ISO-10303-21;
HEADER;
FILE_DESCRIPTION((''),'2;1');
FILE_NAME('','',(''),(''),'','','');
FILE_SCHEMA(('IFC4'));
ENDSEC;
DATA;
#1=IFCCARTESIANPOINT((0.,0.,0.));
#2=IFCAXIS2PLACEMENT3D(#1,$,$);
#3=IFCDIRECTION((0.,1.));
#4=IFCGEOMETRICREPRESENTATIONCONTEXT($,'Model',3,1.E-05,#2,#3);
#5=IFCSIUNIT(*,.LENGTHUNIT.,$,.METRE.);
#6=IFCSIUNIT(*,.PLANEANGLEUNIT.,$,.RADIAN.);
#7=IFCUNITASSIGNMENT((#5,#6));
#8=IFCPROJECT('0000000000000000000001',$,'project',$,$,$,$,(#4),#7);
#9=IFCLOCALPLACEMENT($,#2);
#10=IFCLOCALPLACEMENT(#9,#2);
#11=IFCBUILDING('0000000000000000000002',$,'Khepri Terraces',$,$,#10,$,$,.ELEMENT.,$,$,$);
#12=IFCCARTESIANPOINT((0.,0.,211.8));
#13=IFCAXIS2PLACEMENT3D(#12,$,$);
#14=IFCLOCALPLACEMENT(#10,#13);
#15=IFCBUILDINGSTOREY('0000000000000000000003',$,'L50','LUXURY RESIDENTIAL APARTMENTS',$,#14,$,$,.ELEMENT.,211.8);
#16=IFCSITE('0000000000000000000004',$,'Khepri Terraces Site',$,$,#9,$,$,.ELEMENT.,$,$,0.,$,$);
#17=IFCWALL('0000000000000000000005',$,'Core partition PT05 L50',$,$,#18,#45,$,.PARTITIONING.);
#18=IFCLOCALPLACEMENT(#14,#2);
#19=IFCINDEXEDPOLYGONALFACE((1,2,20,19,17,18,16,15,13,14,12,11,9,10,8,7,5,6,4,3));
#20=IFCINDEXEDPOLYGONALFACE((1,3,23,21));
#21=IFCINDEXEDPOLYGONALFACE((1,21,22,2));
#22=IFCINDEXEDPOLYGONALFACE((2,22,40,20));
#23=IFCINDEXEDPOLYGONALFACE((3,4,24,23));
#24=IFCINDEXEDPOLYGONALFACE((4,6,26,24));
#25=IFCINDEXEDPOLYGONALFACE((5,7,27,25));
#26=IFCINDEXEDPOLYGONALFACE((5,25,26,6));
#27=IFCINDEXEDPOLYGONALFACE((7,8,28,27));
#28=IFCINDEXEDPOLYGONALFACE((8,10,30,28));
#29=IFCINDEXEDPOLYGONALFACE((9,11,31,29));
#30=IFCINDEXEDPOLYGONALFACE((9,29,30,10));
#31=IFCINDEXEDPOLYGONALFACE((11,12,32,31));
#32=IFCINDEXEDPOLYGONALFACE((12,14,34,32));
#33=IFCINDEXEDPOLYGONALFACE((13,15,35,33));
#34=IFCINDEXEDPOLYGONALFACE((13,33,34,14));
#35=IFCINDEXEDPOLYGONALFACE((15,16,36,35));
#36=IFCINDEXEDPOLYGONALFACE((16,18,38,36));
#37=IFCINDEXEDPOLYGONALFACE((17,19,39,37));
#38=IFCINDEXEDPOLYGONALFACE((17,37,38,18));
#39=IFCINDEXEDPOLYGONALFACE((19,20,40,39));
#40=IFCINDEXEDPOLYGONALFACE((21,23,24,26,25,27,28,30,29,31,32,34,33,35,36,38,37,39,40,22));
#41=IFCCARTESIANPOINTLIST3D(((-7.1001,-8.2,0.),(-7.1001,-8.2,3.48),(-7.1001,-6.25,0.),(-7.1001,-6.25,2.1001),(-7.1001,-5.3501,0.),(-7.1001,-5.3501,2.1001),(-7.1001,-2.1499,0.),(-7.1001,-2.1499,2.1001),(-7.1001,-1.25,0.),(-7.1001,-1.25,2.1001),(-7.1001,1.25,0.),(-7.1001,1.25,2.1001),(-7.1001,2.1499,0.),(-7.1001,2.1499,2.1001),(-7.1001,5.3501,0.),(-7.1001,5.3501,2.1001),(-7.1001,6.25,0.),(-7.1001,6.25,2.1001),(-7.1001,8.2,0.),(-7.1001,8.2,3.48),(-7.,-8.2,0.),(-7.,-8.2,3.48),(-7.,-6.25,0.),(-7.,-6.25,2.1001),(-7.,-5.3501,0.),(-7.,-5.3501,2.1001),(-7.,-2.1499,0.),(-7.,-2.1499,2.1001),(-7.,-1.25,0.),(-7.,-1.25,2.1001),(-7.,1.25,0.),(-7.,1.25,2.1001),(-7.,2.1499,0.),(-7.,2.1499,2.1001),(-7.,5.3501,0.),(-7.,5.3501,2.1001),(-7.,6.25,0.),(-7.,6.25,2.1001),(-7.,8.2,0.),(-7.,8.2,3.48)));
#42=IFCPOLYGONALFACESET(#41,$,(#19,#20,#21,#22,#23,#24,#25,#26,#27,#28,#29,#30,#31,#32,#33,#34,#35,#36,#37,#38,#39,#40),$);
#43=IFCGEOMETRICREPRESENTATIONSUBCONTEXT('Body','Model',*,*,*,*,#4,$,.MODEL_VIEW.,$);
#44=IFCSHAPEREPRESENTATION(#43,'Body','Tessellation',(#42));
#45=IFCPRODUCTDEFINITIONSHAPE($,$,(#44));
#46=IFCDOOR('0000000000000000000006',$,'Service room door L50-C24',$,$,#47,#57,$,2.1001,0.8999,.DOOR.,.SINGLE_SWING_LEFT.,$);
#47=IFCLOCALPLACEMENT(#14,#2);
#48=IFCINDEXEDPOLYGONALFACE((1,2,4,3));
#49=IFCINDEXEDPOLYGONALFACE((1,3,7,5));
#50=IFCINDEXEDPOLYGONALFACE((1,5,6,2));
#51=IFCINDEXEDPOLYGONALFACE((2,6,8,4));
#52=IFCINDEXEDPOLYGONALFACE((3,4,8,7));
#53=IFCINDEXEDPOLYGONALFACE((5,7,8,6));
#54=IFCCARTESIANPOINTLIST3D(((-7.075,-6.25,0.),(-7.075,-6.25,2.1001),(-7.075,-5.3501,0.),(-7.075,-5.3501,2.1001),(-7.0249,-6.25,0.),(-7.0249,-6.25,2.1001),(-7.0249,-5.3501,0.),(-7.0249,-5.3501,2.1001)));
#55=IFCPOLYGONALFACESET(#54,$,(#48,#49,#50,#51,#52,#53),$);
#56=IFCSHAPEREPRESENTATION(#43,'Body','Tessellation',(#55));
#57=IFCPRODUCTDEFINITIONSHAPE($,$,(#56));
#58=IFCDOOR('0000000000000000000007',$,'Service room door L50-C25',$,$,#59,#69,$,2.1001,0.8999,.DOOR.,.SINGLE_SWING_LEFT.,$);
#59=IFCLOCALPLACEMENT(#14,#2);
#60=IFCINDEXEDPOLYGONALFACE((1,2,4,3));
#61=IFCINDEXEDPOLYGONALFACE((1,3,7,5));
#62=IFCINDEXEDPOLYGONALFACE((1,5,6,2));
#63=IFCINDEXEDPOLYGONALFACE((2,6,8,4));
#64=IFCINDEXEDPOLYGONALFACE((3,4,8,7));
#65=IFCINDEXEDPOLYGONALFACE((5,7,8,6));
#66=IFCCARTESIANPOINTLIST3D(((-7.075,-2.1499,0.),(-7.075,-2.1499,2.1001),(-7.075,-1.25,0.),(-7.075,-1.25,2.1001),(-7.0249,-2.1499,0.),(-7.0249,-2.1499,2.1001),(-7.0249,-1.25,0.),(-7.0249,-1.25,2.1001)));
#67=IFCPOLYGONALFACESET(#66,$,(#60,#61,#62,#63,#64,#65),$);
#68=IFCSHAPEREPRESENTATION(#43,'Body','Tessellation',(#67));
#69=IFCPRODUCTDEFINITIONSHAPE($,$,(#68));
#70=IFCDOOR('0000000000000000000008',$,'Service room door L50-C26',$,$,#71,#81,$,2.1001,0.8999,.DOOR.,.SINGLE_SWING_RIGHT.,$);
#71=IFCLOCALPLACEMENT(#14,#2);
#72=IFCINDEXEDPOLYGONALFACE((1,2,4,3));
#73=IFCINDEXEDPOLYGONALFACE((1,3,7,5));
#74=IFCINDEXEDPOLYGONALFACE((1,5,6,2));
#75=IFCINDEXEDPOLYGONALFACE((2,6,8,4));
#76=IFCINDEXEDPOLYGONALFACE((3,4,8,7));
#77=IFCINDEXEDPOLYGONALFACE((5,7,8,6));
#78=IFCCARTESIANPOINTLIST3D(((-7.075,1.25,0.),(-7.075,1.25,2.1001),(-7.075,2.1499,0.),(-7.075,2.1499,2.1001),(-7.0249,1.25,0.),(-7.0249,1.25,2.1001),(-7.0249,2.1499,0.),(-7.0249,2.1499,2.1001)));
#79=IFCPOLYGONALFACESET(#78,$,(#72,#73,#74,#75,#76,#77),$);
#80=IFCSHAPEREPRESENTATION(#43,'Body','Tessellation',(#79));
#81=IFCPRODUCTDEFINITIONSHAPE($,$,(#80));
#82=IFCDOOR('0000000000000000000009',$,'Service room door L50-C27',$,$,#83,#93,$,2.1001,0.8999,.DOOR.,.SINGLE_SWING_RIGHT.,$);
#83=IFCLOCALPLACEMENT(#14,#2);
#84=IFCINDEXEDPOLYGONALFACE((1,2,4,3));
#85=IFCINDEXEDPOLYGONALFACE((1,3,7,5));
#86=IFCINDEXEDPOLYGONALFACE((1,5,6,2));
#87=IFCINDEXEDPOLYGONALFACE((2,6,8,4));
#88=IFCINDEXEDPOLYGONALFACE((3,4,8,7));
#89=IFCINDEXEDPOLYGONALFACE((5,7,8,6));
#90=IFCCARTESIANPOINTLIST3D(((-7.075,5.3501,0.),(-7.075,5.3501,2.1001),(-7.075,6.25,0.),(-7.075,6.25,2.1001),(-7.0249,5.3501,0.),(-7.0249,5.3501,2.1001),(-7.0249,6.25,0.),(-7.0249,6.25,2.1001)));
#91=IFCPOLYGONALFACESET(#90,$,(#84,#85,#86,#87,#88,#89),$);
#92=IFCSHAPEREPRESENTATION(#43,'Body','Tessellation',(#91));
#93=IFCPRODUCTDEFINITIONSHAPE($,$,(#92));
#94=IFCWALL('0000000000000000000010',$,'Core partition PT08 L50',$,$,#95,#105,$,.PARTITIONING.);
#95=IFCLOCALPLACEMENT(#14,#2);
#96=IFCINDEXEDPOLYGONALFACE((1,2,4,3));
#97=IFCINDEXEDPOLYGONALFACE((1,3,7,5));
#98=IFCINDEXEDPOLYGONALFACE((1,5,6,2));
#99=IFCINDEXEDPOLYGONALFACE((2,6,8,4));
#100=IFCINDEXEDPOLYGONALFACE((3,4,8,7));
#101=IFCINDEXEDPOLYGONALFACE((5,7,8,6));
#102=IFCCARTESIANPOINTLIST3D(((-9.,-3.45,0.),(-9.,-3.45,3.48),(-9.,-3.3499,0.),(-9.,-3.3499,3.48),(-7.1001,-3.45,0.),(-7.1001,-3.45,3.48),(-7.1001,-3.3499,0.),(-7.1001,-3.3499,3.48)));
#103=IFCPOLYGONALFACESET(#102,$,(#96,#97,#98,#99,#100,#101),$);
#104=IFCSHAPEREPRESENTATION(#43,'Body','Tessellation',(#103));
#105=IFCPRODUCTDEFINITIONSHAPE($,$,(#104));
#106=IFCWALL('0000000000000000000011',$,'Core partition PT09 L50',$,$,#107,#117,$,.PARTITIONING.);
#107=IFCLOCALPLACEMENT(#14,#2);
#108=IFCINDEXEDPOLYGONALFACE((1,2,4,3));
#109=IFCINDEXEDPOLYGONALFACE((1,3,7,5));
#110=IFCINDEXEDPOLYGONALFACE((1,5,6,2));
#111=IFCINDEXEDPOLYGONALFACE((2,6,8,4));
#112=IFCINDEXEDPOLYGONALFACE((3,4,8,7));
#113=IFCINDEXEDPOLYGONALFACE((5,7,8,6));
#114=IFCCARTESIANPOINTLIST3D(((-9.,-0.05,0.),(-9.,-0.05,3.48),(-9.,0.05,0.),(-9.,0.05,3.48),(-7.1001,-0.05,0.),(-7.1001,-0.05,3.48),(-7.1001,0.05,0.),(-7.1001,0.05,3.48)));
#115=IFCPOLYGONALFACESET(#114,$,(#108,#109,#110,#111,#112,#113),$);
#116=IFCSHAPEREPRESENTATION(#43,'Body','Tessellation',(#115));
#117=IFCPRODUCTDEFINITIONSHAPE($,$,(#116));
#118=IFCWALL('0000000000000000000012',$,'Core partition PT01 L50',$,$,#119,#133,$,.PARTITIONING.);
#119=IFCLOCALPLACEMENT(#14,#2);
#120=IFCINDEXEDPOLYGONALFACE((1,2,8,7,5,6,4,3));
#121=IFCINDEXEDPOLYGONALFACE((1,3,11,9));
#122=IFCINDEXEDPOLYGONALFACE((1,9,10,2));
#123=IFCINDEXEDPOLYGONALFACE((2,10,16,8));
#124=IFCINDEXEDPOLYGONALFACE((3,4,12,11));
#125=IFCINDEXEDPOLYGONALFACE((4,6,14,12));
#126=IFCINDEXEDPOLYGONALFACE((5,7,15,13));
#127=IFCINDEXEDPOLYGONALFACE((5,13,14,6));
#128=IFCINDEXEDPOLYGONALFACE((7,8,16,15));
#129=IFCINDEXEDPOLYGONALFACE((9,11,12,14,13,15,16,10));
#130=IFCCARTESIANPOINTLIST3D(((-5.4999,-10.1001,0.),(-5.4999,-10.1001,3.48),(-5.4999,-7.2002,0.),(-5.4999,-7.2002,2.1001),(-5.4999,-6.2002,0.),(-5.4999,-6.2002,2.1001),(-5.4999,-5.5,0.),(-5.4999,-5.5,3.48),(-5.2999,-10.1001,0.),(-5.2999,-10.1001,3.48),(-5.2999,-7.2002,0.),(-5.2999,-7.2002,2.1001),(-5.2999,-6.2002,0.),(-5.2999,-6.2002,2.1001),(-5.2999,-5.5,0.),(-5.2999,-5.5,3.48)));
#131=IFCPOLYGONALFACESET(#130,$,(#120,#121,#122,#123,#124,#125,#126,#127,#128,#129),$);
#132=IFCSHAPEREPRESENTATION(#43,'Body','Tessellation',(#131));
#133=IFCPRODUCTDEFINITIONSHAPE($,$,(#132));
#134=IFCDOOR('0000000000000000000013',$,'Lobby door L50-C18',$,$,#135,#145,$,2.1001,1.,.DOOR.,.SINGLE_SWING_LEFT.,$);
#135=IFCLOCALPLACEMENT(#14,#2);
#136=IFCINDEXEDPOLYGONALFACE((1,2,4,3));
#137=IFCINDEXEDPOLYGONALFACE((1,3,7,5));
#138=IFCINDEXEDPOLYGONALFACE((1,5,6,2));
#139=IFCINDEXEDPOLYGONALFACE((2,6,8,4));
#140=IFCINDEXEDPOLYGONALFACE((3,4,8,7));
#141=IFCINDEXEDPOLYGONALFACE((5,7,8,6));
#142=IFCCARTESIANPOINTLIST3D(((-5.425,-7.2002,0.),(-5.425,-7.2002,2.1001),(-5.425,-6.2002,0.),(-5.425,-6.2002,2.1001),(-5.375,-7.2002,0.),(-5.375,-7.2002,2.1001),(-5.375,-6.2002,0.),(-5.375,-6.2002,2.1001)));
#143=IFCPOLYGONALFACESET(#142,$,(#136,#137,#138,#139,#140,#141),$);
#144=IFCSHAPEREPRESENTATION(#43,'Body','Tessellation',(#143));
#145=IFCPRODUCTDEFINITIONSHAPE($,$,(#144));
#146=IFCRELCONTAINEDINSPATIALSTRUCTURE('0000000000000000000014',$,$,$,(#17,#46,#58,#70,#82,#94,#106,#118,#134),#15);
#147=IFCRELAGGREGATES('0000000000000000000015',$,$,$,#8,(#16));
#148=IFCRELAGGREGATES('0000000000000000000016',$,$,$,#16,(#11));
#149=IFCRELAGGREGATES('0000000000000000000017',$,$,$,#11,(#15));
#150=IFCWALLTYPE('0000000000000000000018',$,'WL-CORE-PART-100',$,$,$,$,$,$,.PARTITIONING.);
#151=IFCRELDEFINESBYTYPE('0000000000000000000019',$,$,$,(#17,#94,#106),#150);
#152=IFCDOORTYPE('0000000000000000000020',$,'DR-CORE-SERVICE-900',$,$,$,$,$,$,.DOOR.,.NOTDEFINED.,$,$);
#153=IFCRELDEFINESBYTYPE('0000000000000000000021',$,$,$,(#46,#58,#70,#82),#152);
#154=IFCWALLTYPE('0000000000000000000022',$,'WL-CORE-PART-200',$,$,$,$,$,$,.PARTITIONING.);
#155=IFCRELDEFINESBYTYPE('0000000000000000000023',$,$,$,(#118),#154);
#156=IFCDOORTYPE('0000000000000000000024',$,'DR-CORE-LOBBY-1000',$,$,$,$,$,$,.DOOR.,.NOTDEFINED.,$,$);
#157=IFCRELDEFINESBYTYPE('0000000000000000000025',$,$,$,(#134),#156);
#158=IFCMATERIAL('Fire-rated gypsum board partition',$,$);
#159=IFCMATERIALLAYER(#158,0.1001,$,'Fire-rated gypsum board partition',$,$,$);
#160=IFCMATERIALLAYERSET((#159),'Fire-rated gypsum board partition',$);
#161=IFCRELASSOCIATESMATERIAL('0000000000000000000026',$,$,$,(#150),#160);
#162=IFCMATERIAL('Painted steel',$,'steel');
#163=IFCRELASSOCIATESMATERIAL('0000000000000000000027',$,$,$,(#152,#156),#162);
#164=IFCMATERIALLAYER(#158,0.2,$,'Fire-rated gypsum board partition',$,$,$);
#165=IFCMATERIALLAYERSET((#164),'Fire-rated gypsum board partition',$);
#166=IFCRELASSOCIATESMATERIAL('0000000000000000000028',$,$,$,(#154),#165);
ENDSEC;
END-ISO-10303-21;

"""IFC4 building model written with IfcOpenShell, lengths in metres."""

from ifc_helpers import new_model, si_unit, direction, frame, frame_2d, origin, place, context, subcontext, project, spatial, rectangle, extrude, material, layer, layer_set, type_object, element, fill, save


model = new_model("IFC4")

# Units and contexts
model_context = context("Model", 3, precision=1e-05, world=origin(), true_north=direction((0.0, 1.0)))
body_context = subcontext(model_context, "Body", "Model", "MODEL_VIEW")
ifc_project = project(units=[si_unit("LENGTHUNIT", "METRE"), si_unit("PLANEANGLEUNIT", "RADIAN")], contexts=[model_context])

# Site, building, storey
site_placement = place(None, origin())
site = spatial("IfcSite", under=ifc_project, at=site_placement, Name="Khepri Terraces Site", CompositionType="ELEMENT", RefElevation=0.0)
building_placement = place(site_placement, origin())
building = spatial("IfcBuilding", under=site, at=building_placement, Name="Khepri Terraces", CompositionType="ELEMENT")
storey_placement = place(building_placement, frame((0.0, 0.0, 211.8)))
storey = spatial("IfcBuildingStorey", under=building, at=storey_placement, Name="L50", Description="LUXURY RESIDENTIAL APARTMENTS", CompositionType="ELEMENT", Elevation=211.8)

# Shared definitions
ifc_material_1 = material(Name="Painted steel", Category="steel")

# Wall, openings, doors
ifc_material_2 = material(Name="Fire-rated gypsum board partition")
ifc_layer_1 = layer(ifc_material_2, 0.1001, Name="Fire-rated gypsum board partition")
ifc_layer_set_1 = layer_set([ifc_layer_1], Name="Fire-rated gypsum board partition")
wall_type_1 = type_object("IfcWallType", Name="WL-CORE-PART-100", PredefinedType="PARTITIONING", material=ifc_layer_set_1)
wall_1_placement = place(storey_placement, frame((-7.05, -8.2, 0.0), z_axis=(0.0, 0.0, 1.0), x_axis=(0.0, 1.0, 0.0)))
wall_1 = element("IfcWall", 1, at=wall_1_placement, inside=storey, type_object=wall_type_1, Name="Core partition PT05 L50", PredefinedType="PARTITIONING", context=body_context, shape_type="SweptSolid", body=[
    extrude(rectangle(XDim=16.3999, YDim=0.1001, at=frame_2d((8.2, 0.0))), origin(), (0.0, 0.0, 1.0), 3.48),
])
opening_1_placement = place(wall_1_placement, frame((1.95, 0.0, 0.0)))
opening_1 = element("IfcOpeningElement", 2, at=opening_1_placement, cuts=wall_1, PredefinedType="OPENING", context=body_context, shape_type="SweptSolid", body=[
    extrude(rectangle(XDim=0.8999, YDim=2.1001, at=frame_2d((0.45, 1.05))), frame((0.0, 0.0601, 0.0), z_axis=(0.0, -1.0, 0.0), x_axis=(1.0, 0.0, 0.0)), (0.0, 0.0, 1.0), 0.1201),
])
opening_2_placement = place(wall_1_placement, frame((6.05, 0.0, 0.0)))
opening_2 = element("IfcOpeningElement", 3, at=opening_2_placement, cuts=wall_1, PredefinedType="OPENING", context=body_context, shape_type="SweptSolid", body=[
    extrude(rectangle(XDim=0.8999, YDim=2.1001, at=frame_2d((0.45, 1.05))), frame((0.0, 0.0601, 0.0), z_axis=(0.0, -1.0, 0.0), x_axis=(1.0, 0.0, 0.0)), (0.0, 0.0, 1.0), 0.1201),
])
opening_3_placement = place(wall_1_placement, frame((9.45, 0.0, 0.0)))
opening_3 = element("IfcOpeningElement", 4, at=opening_3_placement, cuts=wall_1, PredefinedType="OPENING", context=body_context, shape_type="SweptSolid", body=[
    extrude(rectangle(XDim=0.8999, YDim=2.1001, at=frame_2d((0.45, 1.05))), frame((0.0, 0.0601, 0.0), z_axis=(0.0, -1.0, 0.0), x_axis=(1.0, 0.0, 0.0)), (0.0, 0.0, 1.0), 0.1201),
])
opening_4_placement = place(wall_1_placement, frame((13.55, 0.0, 0.0)))
opening_4 = element("IfcOpeningElement", 5, at=opening_4_placement, cuts=wall_1, PredefinedType="OPENING", context=body_context, shape_type="SweptSolid", body=[
    extrude(rectangle(XDim=0.8999, YDim=2.1001, at=frame_2d((0.45, 1.05))), frame((0.0, 0.0601, 0.0), z_axis=(0.0, -1.0, 0.0), x_axis=(1.0, 0.0, 0.0)), (0.0, 0.0, 1.0), 0.1201),
])
door_type_1 = type_object("IfcDoorType", Name="DR-CORE-SERVICE-900", OperationType="NOTDEFINED", PredefinedType="DOOR", material=ifc_material_1)
door_1_placement = place(opening_1_placement, origin())
door_1 = element("IfcDoor", 6, at=door_1_placement, inside=storey, type_object=door_type_1, Name="Service room door L50-C24", OperationType="SINGLE_SWING_LEFT", OverallHeight=2.1001, OverallWidth=0.8999, PredefinedType="DOOR", context=body_context, shape_type="SweptSolid", body=[
    extrude(rectangle(XDim=0.8999, YDim=2.1001, at=frame_2d((0.45, 1.05))), frame((0.0, 0.0249, 0.0), z_axis=(0.0, -1.0, 0.0), x_axis=(1.0, 0.0, 0.0)), (0.0, 0.0, 1.0), 0.05),
])
fill(opening_1, door_1)
door_2_placement = place(opening_2_placement, origin())
door_2 = element("IfcDoor", 7, at=door_2_placement, inside=storey, type_object=door_type_1, Name="Service room door L50-C25", OperationType="SINGLE_SWING_LEFT", OverallHeight=2.1001, OverallWidth=0.8999, PredefinedType="DOOR", context=body_context, shape_type="SweptSolid", body=[
    extrude(rectangle(XDim=0.8999, YDim=2.1001, at=frame_2d((0.45, 1.05))), frame((0.0, 0.0249, 0.0), z_axis=(0.0, -1.0, 0.0), x_axis=(1.0, 0.0, 0.0)), (0.0, 0.0, 1.0), 0.05),
])
fill(opening_2, door_2)
door_3_placement = place(opening_3_placement, origin())
door_3 = element("IfcDoor", 8, at=door_3_placement, inside=storey, type_object=door_type_1, Name="Service room door L50-C26", OperationType="SINGLE_SWING_RIGHT", OverallHeight=2.1001, OverallWidth=0.8999, PredefinedType="DOOR", context=body_context, shape_type="SweptSolid", body=[
    extrude(rectangle(XDim=0.8999, YDim=2.1001, at=frame_2d((0.45, 1.05))), frame((0.0, 0.0249, 0.0), z_axis=(0.0, -1.0, 0.0), x_axis=(1.0, 0.0, 0.0)), (0.0, 0.0, 1.0), 0.05),
])
fill(opening_3, door_3)
door_4_placement = place(opening_4_placement, origin())
door_4 = element("IfcDoor", 9, at=door_4_placement, inside=storey, type_object=door_type_1, Name="Service room door L50-C27", OperationType="SINGLE_SWING_RIGHT", OverallHeight=2.1001, OverallWidth=0.8999, PredefinedType="DOOR", context=body_context, shape_type="SweptSolid", body=[
    extrude(rectangle(XDim=0.8999, YDim=2.1001, at=frame_2d((0.45, 1.05))), frame((0.0, 0.0249, 0.0), z_axis=(0.0, -1.0, 0.0), x_axis=(1.0, 0.0, 0.0)), (0.0, 0.0, 1.0), 0.05),
])
fill(opening_4, door_4)

# Walls
for number, where, z_axis, x_axis, name in (
    (10, (-9.0, -3.3999, 0.0), (0.0, 0.0, 1.0), (1.0, 0.0, 0.0), "Core partition PT08 L50"),
    (11, (-9.0, 0.0, 0.0), (0.0, 0.0, 1.0), (1.0, 0.0, 0.0), "Core partition PT09 L50"),
):
    element("IfcWall", number, at=place(storey_placement, frame(where, z_axis=z_axis, x_axis=x_axis)), inside=storey, type_object=wall_type_1, Name=name, PredefinedType="PARTITIONING", context=body_context, shape_type="SweptSolid", body=[
        extrude(rectangle(XDim=1.8999, YDim=0.1001, at=frame_2d((0.95, 0.0))), origin(), (0.0, 0.0, 1.0), 3.48),
    ])

# Wall, opening, door
ifc_layer_2 = layer(ifc_material_2, 0.2, Name="Fire-rated gypsum board partition")
ifc_layer_set_2 = layer_set([ifc_layer_2], Name="Fire-rated gypsum board partition")
wall_type_2 = type_object("IfcWallType", Name="WL-CORE-PART-200", PredefinedType="PARTITIONING", material=ifc_layer_set_2)
wall_2_placement = place(storey_placement, frame((-5.3999, -10.1001, 0.0), z_axis=(0.0, 0.0, 1.0), x_axis=(0.0, 1.0, 0.0)))
wall_2 = element("IfcWall", 12, at=wall_2_placement, inside=storey, type_object=wall_type_2, Name="Core partition PT01 L50", PredefinedType="PARTITIONING", context=body_context, shape_type="SweptSolid", body=[
    extrude(rectangle(XDim=4.6001, YDim=0.2, at=frame_2d((2.3, 0.0))), origin(), (0.0, 0.0, 1.0), 3.48),
])
opening_5_placement = place(wall_2_placement, frame((2.8999, 0.0, 0.0)))
opening_5 = element("IfcOpeningElement", 13, at=opening_5_placement, cuts=wall_2, PredefinedType="OPENING", context=body_context, shape_type="SweptSolid", body=[
    extrude(rectangle(XDim=1.0, YDim=2.1001, at=frame_2d((0.5, 1.05))), frame((0.0, 0.1099, 0.0), z_axis=(0.0, -1.0, 0.0), x_axis=(1.0, 0.0, 0.0)), (0.0, 0.0, 1.0), 0.22),
])
door_type_2 = type_object("IfcDoorType", Name="DR-CORE-LOBBY-1000", OperationType="NOTDEFINED", PredefinedType="DOOR", material=ifc_material_1)
door_5_placement = place(opening_5_placement, frame((1.0, 0.0, 0.0), z_axis=(0.0, 0.0, 1.0), x_axis=(-1.0, 0.0, 0.0)))
door_5 = element("IfcDoor", 14, at=door_5_placement, inside=storey, type_object=door_type_2, Name="Lobby door L50-C18", OperationType="SINGLE_SWING_LEFT", OverallHeight=2.1001, OverallWidth=1.0, PredefinedType="DOOR", context=body_context, shape_type="SweptSolid", body=[
    extrude(rectangle(XDim=1.0, YDim=2.1001, at=frame_2d((0.5, 1.05))), frame((0.0, 0.0249, 0.0), z_axis=(0.0, -1.0, 0.0), x_axis=(1.0, 0.0, 0.0)), (0.0, 0.0, 1.0), 0.05),
])
fill(opening_5, door_5)

save(model, "model.ifc")
